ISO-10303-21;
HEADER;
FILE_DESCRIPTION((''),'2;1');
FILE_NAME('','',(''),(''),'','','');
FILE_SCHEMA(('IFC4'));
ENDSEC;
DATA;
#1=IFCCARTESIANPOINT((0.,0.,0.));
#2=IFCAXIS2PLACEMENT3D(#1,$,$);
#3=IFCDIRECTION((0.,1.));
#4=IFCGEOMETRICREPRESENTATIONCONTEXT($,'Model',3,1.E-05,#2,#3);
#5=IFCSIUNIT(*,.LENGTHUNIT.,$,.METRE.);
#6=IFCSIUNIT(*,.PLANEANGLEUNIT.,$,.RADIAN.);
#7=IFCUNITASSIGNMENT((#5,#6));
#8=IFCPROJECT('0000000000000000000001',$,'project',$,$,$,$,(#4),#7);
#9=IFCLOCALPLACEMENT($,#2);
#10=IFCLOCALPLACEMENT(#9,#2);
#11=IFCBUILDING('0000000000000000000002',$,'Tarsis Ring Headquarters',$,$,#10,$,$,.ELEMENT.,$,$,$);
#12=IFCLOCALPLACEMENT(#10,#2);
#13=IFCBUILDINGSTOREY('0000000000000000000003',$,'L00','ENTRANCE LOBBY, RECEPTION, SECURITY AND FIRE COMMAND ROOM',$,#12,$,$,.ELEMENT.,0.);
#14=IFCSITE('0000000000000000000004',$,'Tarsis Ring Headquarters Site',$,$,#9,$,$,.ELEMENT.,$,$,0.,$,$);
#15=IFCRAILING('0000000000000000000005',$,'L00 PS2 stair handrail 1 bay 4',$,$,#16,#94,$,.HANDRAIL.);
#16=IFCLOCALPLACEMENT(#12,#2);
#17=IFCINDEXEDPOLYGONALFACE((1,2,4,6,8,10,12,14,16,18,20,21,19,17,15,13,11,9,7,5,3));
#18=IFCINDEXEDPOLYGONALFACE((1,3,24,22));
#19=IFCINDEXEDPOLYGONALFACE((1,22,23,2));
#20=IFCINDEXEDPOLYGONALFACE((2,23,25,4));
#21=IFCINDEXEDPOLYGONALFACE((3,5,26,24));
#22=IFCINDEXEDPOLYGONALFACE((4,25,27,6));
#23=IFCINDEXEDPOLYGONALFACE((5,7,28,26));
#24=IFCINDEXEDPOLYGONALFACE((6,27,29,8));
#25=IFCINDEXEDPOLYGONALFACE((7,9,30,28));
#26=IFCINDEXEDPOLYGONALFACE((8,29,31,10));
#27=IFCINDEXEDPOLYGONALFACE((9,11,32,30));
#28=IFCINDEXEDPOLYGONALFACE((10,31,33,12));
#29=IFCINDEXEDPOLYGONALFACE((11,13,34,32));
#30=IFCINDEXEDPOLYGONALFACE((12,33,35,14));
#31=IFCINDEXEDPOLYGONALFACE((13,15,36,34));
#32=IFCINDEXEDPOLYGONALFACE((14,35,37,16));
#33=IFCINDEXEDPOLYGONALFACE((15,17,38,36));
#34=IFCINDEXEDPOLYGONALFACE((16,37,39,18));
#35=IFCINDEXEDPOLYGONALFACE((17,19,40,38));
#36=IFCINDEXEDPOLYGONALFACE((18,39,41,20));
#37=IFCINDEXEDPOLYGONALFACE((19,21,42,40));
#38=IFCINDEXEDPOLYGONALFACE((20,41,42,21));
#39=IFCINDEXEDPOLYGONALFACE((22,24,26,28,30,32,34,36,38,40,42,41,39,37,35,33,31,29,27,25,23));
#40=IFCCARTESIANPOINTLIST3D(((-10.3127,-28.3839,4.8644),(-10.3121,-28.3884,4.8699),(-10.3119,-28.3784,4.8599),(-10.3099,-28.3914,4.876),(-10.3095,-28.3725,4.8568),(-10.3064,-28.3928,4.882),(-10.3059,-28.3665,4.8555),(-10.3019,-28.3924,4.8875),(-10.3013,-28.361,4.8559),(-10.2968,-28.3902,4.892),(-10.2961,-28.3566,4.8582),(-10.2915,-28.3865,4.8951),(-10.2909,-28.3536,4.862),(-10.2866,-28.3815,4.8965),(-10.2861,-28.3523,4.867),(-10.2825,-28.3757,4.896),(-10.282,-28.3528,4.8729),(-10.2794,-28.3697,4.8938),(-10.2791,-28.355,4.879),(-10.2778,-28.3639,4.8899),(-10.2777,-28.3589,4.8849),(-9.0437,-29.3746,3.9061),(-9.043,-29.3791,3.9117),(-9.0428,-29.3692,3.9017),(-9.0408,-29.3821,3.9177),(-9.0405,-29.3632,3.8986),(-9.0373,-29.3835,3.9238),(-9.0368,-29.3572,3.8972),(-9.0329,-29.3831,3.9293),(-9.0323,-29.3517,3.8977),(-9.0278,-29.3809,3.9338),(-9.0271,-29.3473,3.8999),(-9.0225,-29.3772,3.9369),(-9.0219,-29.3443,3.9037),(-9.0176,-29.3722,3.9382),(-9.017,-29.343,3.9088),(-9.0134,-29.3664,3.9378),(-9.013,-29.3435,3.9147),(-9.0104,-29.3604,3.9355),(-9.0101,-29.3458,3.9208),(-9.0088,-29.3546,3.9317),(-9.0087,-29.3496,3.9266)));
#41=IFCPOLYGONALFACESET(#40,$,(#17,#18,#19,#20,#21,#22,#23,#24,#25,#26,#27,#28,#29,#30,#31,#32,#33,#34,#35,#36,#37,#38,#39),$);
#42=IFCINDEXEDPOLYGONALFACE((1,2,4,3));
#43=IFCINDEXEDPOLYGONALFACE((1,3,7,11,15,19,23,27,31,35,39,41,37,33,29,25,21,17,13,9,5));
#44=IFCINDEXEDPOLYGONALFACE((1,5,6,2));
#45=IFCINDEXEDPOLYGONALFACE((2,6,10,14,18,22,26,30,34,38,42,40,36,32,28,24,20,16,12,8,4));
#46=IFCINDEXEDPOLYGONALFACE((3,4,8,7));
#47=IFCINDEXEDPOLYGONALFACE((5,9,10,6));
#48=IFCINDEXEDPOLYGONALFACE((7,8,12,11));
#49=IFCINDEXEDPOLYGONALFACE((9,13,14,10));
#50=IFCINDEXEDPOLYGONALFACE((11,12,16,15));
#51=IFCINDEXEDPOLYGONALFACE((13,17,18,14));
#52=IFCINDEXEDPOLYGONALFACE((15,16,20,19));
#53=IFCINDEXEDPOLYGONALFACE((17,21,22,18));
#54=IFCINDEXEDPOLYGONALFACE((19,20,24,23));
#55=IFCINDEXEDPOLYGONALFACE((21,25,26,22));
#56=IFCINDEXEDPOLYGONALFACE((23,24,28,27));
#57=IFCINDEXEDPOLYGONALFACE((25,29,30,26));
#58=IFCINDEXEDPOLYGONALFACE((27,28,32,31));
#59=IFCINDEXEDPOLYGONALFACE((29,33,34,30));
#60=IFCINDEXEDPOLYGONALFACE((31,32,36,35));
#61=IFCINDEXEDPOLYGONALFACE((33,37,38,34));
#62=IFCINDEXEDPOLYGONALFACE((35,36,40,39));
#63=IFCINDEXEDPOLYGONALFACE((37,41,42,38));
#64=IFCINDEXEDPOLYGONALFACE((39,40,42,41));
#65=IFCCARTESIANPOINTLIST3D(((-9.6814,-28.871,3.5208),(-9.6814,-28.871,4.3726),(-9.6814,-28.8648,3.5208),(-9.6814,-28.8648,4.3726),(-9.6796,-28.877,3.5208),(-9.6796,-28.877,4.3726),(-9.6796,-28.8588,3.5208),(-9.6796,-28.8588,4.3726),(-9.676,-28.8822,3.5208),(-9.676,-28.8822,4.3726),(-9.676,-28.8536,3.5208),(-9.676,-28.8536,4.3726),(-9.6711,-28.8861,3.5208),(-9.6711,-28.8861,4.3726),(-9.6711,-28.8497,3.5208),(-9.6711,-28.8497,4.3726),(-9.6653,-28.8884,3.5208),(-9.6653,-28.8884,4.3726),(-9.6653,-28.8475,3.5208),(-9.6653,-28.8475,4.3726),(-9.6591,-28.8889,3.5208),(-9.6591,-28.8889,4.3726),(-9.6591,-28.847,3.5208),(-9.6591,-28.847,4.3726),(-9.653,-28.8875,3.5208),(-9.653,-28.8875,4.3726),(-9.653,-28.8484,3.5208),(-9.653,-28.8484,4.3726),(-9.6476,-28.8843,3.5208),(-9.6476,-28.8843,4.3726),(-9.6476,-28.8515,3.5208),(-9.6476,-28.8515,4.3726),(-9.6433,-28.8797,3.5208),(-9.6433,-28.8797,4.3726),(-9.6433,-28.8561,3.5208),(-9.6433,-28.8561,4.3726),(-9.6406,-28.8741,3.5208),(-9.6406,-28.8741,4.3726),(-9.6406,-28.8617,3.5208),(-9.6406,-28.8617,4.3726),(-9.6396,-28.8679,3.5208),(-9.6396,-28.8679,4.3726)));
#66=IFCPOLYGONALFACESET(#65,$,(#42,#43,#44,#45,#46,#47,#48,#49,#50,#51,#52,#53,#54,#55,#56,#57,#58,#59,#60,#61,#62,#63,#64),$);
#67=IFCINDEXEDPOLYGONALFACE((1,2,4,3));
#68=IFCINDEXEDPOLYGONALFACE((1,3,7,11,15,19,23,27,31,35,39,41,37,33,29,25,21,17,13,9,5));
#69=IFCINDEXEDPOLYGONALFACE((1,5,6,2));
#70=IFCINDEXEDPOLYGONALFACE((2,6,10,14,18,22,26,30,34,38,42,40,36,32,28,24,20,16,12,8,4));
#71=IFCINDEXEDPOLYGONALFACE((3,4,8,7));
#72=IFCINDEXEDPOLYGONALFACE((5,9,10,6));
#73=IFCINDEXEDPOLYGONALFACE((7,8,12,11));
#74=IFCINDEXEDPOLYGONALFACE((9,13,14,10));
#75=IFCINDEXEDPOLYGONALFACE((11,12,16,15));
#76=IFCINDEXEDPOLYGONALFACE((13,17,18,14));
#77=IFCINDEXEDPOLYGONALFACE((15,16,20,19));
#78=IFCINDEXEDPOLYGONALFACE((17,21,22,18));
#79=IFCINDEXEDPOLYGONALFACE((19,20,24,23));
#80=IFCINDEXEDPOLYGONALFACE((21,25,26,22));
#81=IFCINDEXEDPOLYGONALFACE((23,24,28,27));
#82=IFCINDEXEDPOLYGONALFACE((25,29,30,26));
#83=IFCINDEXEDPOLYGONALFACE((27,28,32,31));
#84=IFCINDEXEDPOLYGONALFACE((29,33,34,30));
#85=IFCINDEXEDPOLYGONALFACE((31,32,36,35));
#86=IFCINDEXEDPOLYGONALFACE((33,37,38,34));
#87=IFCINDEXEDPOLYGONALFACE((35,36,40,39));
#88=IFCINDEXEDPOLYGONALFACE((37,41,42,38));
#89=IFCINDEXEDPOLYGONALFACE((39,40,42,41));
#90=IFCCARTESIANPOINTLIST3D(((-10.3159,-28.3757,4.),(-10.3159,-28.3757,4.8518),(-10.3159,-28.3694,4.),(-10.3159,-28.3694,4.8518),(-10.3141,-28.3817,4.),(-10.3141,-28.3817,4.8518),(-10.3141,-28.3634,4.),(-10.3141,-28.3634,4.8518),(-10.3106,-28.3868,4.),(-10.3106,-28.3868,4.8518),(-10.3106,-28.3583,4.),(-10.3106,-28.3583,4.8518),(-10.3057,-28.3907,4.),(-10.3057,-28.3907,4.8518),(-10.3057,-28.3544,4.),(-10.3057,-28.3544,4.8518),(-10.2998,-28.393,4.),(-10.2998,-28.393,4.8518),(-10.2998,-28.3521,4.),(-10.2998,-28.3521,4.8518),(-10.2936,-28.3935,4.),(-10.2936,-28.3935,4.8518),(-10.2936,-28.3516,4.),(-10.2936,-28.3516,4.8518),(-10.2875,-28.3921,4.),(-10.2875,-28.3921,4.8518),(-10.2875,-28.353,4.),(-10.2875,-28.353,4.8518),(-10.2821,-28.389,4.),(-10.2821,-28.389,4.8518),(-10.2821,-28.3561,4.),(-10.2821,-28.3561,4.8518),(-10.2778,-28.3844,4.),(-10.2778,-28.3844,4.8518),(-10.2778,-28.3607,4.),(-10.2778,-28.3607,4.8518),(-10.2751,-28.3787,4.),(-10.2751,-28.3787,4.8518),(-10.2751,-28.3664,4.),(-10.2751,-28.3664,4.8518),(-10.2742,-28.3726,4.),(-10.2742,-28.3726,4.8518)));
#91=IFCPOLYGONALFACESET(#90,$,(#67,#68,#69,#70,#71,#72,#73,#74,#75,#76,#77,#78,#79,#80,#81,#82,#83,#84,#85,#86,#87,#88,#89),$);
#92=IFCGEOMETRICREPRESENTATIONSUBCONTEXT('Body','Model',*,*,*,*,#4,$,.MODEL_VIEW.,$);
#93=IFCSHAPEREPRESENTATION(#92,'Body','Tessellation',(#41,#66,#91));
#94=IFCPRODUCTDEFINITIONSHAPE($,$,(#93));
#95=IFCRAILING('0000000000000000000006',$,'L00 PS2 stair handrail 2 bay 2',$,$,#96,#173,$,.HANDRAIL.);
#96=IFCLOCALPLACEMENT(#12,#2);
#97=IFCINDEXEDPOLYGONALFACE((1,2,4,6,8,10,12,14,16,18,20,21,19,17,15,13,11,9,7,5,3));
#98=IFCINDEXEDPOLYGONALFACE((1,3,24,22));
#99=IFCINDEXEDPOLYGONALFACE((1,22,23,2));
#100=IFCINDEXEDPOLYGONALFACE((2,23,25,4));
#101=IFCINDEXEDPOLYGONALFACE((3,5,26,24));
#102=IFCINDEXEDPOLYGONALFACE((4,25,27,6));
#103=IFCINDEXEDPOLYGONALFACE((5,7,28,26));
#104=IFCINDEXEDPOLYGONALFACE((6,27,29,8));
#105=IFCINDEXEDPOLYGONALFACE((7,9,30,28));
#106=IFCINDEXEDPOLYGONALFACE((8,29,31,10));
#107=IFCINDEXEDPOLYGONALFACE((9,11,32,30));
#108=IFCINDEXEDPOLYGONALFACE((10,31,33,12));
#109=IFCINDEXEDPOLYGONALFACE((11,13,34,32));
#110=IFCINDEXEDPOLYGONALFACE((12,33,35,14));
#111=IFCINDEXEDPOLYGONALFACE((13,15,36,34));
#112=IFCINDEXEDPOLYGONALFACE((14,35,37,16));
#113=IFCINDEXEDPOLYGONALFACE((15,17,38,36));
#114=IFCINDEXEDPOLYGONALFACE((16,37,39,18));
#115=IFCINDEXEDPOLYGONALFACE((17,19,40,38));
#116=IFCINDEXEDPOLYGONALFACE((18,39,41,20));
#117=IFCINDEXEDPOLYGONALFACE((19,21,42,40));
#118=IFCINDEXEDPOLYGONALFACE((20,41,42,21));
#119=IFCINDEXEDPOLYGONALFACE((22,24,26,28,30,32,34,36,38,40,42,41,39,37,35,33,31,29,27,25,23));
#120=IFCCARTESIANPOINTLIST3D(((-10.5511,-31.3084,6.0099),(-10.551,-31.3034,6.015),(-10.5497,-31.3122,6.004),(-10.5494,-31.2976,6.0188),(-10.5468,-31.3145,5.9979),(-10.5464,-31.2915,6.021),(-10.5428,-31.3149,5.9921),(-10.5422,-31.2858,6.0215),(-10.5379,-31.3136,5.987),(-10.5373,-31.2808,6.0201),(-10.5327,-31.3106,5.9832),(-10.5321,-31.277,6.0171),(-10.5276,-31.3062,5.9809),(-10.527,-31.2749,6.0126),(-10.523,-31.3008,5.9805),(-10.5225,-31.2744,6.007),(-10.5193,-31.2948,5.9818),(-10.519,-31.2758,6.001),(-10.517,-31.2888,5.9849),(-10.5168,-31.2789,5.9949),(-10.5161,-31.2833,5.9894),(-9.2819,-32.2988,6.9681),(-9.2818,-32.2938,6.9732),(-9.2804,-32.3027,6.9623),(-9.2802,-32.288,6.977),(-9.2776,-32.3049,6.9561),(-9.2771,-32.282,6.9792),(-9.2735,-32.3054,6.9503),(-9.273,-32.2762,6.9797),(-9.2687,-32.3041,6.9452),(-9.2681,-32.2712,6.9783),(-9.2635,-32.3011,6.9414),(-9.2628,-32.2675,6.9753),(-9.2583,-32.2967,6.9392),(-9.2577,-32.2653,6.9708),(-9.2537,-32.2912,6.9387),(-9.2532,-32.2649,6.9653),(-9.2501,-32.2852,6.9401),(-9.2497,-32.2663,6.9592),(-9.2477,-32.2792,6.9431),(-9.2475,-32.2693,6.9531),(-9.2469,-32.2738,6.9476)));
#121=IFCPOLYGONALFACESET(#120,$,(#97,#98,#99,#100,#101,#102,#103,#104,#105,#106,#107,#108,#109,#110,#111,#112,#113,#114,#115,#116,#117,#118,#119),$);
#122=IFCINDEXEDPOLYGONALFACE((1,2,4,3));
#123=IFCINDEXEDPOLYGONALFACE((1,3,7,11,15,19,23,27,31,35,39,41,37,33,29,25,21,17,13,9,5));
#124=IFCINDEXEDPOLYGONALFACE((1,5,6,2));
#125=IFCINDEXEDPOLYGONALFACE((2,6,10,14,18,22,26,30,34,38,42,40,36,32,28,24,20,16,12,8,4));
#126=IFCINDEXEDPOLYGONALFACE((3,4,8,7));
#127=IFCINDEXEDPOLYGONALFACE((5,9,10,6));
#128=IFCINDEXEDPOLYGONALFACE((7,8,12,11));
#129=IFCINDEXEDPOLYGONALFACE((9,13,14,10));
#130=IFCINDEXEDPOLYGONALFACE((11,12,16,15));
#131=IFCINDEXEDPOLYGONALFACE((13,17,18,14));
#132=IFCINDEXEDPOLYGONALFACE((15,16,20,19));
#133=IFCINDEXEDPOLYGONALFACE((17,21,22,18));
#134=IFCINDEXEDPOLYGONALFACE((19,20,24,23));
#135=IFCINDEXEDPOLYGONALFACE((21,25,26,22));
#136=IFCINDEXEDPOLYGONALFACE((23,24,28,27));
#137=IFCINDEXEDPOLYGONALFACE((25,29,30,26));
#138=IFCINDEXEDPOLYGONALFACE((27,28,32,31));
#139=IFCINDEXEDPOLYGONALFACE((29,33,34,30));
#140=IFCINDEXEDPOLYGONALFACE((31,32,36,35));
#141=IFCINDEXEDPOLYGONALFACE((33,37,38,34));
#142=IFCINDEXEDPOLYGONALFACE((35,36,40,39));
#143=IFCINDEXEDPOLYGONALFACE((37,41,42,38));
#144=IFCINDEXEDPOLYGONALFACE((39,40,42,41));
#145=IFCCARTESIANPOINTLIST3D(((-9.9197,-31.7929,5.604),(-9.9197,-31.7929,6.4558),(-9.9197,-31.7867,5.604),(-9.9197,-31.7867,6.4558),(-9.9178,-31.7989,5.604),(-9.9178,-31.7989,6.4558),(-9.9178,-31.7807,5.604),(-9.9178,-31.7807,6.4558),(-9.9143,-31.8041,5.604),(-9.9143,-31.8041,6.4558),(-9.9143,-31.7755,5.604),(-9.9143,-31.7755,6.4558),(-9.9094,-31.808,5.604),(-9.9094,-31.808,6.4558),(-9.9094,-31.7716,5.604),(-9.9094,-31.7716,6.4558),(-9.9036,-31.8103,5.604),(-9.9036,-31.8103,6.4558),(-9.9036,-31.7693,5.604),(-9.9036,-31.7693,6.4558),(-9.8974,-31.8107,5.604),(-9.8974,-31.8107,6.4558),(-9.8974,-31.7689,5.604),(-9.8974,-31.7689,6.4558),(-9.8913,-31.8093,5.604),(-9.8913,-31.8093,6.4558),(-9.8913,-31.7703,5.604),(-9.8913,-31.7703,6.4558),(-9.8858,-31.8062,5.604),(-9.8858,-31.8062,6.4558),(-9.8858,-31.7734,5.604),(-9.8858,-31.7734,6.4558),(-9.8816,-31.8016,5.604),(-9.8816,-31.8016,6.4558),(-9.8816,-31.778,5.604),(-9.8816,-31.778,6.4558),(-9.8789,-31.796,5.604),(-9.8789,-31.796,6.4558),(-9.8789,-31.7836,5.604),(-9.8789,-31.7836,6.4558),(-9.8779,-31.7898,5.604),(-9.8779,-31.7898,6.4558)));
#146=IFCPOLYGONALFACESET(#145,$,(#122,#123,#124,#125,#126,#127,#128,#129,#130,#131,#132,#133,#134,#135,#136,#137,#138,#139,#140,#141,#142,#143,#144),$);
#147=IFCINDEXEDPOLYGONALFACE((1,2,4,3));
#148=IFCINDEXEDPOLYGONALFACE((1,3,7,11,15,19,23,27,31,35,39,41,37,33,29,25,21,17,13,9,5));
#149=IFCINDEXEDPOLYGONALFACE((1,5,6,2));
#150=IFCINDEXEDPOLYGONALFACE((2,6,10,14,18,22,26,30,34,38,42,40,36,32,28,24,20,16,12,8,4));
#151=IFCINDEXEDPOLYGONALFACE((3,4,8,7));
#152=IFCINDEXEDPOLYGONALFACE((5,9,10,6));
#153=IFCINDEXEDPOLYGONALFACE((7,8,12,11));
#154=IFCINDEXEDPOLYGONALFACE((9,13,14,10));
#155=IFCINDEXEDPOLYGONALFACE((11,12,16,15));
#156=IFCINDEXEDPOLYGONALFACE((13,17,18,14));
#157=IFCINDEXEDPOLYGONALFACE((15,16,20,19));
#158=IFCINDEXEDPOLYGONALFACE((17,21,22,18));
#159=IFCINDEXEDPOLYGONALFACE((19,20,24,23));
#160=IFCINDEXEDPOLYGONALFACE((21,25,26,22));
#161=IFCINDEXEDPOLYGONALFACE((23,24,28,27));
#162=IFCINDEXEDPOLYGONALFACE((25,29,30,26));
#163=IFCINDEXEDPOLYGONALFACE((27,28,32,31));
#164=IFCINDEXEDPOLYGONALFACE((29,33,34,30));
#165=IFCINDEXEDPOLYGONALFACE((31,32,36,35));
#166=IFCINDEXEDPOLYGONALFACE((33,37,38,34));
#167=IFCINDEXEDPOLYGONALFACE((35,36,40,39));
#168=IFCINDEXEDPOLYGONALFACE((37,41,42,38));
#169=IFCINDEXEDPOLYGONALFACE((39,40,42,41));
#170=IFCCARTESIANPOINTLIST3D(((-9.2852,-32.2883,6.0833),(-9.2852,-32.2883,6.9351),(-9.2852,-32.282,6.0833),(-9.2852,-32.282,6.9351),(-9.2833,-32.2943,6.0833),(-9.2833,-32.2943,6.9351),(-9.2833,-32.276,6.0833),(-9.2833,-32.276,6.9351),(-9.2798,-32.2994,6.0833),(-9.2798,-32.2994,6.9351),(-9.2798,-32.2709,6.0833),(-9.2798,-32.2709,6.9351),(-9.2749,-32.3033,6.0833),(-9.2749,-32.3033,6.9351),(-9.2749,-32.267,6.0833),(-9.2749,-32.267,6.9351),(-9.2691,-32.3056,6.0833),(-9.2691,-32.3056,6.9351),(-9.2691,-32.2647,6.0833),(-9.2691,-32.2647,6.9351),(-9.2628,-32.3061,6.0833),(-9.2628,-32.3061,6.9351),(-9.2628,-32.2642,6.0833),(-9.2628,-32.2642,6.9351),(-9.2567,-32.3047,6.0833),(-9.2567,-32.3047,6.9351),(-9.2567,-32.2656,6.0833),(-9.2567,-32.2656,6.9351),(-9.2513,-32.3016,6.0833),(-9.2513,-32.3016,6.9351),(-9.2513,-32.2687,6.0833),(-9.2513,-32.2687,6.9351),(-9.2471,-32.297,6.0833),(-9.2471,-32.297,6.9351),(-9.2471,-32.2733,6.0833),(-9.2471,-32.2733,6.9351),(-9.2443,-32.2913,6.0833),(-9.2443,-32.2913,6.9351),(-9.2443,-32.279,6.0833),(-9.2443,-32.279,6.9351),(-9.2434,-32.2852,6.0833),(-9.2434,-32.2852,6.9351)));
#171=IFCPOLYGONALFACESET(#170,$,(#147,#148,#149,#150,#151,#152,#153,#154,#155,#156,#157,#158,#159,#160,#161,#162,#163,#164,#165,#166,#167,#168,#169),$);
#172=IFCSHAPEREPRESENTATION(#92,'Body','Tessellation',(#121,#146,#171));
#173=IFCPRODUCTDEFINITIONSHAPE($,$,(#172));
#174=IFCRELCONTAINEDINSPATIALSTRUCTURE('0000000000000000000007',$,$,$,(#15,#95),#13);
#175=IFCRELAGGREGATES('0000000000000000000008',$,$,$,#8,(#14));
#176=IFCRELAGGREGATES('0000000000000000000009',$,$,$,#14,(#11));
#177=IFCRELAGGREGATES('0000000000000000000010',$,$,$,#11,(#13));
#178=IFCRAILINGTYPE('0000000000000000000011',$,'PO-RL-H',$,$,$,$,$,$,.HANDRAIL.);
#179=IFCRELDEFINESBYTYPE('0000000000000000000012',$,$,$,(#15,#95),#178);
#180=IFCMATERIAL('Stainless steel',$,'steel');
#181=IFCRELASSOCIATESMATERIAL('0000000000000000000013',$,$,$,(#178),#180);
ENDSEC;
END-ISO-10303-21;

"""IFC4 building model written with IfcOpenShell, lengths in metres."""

from ifc_helpers import new_model, si_unit, direction, frame, origin, origin_2d, place, context, subcontext, project, spatial, circle, extrude, material, type_object, element, save


model = new_model("IFC4")

# Units and contexts
model_context = context("Model", 3, precision=1e-05, world=origin(), true_north=direction((0.0, 1.0)))
body_context = subcontext(model_context, "Body", "Model", "MODEL_VIEW")
ifc_project = project(units=[si_unit("LENGTHUNIT", "METRE"), si_unit("PLANEANGLEUNIT", "RADIAN")], contexts=[model_context])

# Site, building, storey
site_placement = place(None, origin())
site = spatial("IfcSite", under=ifc_project, at=site_placement, Name="Tarsis Ring Headquarters Site", CompositionType="ELEMENT", RefElevation=0.0)
building_placement = place(site_placement, origin())
building = spatial("IfcBuilding", under=site, at=building_placement, Name="Tarsis Ring Headquarters", CompositionType="ELEMENT")
storey_placement = place(building_placement, origin())
storey = spatial("IfcBuildingStorey", under=building, at=storey_placement, Name="L00", Description="ENTRANCE LOBBY, RECEPTION, SECURITY AND FIRE COMMAND ROOM", CompositionType="ELEMENT", Elevation=0.0)

# Railings
ifc_material_1 = material(Name="Stainless steel", Category="steel")
railing_type_1 = type_object("IfcRailingType", Name="PO-RL-H", PredefinedType="HANDRAIL", material=ifc_material_1)
railing_1_placement = place(storey_placement, frame((-9.0261, -29.3633, 3.0417)))
element("IfcRailing", 1, at=railing_1_placement, inside=storey, type_object=railing_type_1, Name="L00 PS2 stair handrail 1 bay 4", PredefinedType="HANDRAIL", context=body_context, shape_type="SweptSolid", body=[
    extrude(circle(Radius=0.0239, at=origin_2d()), frame((0.0, 0.0, 0.876), z_axis=(-0.677341, 0.52879, 0.511459), x_axis=(-0.615367, -0.78824, 0.0)), (0.0, 0.0, 1.0), 1.8735),
    extrude(circle(Radius=0.021, at=origin_2d()), frame((-0.6345, 0.4954, 0.479)), (0.0, 0.0, 1.0), 0.8518),
    extrude(circle(Radius=0.021, at=origin_2d()), frame((-1.269, 0.9907, 0.9583)), (0.0, 0.0, 1.0), 0.8518),
])
railing_2_placement = place(storey_placement, frame((-10.5337, -31.2947, 5.125)))
element("IfcRailing", 2, at=railing_2_placement, inside=storey, type_object=railing_type_1, Name="L00 PS2 stair handrail 2 bay 2", PredefinedType="HANDRAIL", context=body_context, shape_type="SweptSolid", body=[
    extrude(circle(Radius=0.0239, at=origin_2d()), frame((0.0, 0.0, 0.876), z_axis=(0.677458, -0.528649, 0.511449), x_axis=(0.6152, 0.788371, 0.0)), (0.0, 0.0, 1.0), 1.8735),
    extrude(circle(Radius=0.021, at=origin_2d()), frame((0.6348, -0.4951, 0.479)), (0.0, 0.0, 1.0), 0.8518),
    extrude(circle(Radius=0.021, at=origin_2d()), frame((1.2693, -0.9905, 0.9583)), (0.0, 0.0, 1.0), 0.8518),
])

save(model, "model.ifc")
